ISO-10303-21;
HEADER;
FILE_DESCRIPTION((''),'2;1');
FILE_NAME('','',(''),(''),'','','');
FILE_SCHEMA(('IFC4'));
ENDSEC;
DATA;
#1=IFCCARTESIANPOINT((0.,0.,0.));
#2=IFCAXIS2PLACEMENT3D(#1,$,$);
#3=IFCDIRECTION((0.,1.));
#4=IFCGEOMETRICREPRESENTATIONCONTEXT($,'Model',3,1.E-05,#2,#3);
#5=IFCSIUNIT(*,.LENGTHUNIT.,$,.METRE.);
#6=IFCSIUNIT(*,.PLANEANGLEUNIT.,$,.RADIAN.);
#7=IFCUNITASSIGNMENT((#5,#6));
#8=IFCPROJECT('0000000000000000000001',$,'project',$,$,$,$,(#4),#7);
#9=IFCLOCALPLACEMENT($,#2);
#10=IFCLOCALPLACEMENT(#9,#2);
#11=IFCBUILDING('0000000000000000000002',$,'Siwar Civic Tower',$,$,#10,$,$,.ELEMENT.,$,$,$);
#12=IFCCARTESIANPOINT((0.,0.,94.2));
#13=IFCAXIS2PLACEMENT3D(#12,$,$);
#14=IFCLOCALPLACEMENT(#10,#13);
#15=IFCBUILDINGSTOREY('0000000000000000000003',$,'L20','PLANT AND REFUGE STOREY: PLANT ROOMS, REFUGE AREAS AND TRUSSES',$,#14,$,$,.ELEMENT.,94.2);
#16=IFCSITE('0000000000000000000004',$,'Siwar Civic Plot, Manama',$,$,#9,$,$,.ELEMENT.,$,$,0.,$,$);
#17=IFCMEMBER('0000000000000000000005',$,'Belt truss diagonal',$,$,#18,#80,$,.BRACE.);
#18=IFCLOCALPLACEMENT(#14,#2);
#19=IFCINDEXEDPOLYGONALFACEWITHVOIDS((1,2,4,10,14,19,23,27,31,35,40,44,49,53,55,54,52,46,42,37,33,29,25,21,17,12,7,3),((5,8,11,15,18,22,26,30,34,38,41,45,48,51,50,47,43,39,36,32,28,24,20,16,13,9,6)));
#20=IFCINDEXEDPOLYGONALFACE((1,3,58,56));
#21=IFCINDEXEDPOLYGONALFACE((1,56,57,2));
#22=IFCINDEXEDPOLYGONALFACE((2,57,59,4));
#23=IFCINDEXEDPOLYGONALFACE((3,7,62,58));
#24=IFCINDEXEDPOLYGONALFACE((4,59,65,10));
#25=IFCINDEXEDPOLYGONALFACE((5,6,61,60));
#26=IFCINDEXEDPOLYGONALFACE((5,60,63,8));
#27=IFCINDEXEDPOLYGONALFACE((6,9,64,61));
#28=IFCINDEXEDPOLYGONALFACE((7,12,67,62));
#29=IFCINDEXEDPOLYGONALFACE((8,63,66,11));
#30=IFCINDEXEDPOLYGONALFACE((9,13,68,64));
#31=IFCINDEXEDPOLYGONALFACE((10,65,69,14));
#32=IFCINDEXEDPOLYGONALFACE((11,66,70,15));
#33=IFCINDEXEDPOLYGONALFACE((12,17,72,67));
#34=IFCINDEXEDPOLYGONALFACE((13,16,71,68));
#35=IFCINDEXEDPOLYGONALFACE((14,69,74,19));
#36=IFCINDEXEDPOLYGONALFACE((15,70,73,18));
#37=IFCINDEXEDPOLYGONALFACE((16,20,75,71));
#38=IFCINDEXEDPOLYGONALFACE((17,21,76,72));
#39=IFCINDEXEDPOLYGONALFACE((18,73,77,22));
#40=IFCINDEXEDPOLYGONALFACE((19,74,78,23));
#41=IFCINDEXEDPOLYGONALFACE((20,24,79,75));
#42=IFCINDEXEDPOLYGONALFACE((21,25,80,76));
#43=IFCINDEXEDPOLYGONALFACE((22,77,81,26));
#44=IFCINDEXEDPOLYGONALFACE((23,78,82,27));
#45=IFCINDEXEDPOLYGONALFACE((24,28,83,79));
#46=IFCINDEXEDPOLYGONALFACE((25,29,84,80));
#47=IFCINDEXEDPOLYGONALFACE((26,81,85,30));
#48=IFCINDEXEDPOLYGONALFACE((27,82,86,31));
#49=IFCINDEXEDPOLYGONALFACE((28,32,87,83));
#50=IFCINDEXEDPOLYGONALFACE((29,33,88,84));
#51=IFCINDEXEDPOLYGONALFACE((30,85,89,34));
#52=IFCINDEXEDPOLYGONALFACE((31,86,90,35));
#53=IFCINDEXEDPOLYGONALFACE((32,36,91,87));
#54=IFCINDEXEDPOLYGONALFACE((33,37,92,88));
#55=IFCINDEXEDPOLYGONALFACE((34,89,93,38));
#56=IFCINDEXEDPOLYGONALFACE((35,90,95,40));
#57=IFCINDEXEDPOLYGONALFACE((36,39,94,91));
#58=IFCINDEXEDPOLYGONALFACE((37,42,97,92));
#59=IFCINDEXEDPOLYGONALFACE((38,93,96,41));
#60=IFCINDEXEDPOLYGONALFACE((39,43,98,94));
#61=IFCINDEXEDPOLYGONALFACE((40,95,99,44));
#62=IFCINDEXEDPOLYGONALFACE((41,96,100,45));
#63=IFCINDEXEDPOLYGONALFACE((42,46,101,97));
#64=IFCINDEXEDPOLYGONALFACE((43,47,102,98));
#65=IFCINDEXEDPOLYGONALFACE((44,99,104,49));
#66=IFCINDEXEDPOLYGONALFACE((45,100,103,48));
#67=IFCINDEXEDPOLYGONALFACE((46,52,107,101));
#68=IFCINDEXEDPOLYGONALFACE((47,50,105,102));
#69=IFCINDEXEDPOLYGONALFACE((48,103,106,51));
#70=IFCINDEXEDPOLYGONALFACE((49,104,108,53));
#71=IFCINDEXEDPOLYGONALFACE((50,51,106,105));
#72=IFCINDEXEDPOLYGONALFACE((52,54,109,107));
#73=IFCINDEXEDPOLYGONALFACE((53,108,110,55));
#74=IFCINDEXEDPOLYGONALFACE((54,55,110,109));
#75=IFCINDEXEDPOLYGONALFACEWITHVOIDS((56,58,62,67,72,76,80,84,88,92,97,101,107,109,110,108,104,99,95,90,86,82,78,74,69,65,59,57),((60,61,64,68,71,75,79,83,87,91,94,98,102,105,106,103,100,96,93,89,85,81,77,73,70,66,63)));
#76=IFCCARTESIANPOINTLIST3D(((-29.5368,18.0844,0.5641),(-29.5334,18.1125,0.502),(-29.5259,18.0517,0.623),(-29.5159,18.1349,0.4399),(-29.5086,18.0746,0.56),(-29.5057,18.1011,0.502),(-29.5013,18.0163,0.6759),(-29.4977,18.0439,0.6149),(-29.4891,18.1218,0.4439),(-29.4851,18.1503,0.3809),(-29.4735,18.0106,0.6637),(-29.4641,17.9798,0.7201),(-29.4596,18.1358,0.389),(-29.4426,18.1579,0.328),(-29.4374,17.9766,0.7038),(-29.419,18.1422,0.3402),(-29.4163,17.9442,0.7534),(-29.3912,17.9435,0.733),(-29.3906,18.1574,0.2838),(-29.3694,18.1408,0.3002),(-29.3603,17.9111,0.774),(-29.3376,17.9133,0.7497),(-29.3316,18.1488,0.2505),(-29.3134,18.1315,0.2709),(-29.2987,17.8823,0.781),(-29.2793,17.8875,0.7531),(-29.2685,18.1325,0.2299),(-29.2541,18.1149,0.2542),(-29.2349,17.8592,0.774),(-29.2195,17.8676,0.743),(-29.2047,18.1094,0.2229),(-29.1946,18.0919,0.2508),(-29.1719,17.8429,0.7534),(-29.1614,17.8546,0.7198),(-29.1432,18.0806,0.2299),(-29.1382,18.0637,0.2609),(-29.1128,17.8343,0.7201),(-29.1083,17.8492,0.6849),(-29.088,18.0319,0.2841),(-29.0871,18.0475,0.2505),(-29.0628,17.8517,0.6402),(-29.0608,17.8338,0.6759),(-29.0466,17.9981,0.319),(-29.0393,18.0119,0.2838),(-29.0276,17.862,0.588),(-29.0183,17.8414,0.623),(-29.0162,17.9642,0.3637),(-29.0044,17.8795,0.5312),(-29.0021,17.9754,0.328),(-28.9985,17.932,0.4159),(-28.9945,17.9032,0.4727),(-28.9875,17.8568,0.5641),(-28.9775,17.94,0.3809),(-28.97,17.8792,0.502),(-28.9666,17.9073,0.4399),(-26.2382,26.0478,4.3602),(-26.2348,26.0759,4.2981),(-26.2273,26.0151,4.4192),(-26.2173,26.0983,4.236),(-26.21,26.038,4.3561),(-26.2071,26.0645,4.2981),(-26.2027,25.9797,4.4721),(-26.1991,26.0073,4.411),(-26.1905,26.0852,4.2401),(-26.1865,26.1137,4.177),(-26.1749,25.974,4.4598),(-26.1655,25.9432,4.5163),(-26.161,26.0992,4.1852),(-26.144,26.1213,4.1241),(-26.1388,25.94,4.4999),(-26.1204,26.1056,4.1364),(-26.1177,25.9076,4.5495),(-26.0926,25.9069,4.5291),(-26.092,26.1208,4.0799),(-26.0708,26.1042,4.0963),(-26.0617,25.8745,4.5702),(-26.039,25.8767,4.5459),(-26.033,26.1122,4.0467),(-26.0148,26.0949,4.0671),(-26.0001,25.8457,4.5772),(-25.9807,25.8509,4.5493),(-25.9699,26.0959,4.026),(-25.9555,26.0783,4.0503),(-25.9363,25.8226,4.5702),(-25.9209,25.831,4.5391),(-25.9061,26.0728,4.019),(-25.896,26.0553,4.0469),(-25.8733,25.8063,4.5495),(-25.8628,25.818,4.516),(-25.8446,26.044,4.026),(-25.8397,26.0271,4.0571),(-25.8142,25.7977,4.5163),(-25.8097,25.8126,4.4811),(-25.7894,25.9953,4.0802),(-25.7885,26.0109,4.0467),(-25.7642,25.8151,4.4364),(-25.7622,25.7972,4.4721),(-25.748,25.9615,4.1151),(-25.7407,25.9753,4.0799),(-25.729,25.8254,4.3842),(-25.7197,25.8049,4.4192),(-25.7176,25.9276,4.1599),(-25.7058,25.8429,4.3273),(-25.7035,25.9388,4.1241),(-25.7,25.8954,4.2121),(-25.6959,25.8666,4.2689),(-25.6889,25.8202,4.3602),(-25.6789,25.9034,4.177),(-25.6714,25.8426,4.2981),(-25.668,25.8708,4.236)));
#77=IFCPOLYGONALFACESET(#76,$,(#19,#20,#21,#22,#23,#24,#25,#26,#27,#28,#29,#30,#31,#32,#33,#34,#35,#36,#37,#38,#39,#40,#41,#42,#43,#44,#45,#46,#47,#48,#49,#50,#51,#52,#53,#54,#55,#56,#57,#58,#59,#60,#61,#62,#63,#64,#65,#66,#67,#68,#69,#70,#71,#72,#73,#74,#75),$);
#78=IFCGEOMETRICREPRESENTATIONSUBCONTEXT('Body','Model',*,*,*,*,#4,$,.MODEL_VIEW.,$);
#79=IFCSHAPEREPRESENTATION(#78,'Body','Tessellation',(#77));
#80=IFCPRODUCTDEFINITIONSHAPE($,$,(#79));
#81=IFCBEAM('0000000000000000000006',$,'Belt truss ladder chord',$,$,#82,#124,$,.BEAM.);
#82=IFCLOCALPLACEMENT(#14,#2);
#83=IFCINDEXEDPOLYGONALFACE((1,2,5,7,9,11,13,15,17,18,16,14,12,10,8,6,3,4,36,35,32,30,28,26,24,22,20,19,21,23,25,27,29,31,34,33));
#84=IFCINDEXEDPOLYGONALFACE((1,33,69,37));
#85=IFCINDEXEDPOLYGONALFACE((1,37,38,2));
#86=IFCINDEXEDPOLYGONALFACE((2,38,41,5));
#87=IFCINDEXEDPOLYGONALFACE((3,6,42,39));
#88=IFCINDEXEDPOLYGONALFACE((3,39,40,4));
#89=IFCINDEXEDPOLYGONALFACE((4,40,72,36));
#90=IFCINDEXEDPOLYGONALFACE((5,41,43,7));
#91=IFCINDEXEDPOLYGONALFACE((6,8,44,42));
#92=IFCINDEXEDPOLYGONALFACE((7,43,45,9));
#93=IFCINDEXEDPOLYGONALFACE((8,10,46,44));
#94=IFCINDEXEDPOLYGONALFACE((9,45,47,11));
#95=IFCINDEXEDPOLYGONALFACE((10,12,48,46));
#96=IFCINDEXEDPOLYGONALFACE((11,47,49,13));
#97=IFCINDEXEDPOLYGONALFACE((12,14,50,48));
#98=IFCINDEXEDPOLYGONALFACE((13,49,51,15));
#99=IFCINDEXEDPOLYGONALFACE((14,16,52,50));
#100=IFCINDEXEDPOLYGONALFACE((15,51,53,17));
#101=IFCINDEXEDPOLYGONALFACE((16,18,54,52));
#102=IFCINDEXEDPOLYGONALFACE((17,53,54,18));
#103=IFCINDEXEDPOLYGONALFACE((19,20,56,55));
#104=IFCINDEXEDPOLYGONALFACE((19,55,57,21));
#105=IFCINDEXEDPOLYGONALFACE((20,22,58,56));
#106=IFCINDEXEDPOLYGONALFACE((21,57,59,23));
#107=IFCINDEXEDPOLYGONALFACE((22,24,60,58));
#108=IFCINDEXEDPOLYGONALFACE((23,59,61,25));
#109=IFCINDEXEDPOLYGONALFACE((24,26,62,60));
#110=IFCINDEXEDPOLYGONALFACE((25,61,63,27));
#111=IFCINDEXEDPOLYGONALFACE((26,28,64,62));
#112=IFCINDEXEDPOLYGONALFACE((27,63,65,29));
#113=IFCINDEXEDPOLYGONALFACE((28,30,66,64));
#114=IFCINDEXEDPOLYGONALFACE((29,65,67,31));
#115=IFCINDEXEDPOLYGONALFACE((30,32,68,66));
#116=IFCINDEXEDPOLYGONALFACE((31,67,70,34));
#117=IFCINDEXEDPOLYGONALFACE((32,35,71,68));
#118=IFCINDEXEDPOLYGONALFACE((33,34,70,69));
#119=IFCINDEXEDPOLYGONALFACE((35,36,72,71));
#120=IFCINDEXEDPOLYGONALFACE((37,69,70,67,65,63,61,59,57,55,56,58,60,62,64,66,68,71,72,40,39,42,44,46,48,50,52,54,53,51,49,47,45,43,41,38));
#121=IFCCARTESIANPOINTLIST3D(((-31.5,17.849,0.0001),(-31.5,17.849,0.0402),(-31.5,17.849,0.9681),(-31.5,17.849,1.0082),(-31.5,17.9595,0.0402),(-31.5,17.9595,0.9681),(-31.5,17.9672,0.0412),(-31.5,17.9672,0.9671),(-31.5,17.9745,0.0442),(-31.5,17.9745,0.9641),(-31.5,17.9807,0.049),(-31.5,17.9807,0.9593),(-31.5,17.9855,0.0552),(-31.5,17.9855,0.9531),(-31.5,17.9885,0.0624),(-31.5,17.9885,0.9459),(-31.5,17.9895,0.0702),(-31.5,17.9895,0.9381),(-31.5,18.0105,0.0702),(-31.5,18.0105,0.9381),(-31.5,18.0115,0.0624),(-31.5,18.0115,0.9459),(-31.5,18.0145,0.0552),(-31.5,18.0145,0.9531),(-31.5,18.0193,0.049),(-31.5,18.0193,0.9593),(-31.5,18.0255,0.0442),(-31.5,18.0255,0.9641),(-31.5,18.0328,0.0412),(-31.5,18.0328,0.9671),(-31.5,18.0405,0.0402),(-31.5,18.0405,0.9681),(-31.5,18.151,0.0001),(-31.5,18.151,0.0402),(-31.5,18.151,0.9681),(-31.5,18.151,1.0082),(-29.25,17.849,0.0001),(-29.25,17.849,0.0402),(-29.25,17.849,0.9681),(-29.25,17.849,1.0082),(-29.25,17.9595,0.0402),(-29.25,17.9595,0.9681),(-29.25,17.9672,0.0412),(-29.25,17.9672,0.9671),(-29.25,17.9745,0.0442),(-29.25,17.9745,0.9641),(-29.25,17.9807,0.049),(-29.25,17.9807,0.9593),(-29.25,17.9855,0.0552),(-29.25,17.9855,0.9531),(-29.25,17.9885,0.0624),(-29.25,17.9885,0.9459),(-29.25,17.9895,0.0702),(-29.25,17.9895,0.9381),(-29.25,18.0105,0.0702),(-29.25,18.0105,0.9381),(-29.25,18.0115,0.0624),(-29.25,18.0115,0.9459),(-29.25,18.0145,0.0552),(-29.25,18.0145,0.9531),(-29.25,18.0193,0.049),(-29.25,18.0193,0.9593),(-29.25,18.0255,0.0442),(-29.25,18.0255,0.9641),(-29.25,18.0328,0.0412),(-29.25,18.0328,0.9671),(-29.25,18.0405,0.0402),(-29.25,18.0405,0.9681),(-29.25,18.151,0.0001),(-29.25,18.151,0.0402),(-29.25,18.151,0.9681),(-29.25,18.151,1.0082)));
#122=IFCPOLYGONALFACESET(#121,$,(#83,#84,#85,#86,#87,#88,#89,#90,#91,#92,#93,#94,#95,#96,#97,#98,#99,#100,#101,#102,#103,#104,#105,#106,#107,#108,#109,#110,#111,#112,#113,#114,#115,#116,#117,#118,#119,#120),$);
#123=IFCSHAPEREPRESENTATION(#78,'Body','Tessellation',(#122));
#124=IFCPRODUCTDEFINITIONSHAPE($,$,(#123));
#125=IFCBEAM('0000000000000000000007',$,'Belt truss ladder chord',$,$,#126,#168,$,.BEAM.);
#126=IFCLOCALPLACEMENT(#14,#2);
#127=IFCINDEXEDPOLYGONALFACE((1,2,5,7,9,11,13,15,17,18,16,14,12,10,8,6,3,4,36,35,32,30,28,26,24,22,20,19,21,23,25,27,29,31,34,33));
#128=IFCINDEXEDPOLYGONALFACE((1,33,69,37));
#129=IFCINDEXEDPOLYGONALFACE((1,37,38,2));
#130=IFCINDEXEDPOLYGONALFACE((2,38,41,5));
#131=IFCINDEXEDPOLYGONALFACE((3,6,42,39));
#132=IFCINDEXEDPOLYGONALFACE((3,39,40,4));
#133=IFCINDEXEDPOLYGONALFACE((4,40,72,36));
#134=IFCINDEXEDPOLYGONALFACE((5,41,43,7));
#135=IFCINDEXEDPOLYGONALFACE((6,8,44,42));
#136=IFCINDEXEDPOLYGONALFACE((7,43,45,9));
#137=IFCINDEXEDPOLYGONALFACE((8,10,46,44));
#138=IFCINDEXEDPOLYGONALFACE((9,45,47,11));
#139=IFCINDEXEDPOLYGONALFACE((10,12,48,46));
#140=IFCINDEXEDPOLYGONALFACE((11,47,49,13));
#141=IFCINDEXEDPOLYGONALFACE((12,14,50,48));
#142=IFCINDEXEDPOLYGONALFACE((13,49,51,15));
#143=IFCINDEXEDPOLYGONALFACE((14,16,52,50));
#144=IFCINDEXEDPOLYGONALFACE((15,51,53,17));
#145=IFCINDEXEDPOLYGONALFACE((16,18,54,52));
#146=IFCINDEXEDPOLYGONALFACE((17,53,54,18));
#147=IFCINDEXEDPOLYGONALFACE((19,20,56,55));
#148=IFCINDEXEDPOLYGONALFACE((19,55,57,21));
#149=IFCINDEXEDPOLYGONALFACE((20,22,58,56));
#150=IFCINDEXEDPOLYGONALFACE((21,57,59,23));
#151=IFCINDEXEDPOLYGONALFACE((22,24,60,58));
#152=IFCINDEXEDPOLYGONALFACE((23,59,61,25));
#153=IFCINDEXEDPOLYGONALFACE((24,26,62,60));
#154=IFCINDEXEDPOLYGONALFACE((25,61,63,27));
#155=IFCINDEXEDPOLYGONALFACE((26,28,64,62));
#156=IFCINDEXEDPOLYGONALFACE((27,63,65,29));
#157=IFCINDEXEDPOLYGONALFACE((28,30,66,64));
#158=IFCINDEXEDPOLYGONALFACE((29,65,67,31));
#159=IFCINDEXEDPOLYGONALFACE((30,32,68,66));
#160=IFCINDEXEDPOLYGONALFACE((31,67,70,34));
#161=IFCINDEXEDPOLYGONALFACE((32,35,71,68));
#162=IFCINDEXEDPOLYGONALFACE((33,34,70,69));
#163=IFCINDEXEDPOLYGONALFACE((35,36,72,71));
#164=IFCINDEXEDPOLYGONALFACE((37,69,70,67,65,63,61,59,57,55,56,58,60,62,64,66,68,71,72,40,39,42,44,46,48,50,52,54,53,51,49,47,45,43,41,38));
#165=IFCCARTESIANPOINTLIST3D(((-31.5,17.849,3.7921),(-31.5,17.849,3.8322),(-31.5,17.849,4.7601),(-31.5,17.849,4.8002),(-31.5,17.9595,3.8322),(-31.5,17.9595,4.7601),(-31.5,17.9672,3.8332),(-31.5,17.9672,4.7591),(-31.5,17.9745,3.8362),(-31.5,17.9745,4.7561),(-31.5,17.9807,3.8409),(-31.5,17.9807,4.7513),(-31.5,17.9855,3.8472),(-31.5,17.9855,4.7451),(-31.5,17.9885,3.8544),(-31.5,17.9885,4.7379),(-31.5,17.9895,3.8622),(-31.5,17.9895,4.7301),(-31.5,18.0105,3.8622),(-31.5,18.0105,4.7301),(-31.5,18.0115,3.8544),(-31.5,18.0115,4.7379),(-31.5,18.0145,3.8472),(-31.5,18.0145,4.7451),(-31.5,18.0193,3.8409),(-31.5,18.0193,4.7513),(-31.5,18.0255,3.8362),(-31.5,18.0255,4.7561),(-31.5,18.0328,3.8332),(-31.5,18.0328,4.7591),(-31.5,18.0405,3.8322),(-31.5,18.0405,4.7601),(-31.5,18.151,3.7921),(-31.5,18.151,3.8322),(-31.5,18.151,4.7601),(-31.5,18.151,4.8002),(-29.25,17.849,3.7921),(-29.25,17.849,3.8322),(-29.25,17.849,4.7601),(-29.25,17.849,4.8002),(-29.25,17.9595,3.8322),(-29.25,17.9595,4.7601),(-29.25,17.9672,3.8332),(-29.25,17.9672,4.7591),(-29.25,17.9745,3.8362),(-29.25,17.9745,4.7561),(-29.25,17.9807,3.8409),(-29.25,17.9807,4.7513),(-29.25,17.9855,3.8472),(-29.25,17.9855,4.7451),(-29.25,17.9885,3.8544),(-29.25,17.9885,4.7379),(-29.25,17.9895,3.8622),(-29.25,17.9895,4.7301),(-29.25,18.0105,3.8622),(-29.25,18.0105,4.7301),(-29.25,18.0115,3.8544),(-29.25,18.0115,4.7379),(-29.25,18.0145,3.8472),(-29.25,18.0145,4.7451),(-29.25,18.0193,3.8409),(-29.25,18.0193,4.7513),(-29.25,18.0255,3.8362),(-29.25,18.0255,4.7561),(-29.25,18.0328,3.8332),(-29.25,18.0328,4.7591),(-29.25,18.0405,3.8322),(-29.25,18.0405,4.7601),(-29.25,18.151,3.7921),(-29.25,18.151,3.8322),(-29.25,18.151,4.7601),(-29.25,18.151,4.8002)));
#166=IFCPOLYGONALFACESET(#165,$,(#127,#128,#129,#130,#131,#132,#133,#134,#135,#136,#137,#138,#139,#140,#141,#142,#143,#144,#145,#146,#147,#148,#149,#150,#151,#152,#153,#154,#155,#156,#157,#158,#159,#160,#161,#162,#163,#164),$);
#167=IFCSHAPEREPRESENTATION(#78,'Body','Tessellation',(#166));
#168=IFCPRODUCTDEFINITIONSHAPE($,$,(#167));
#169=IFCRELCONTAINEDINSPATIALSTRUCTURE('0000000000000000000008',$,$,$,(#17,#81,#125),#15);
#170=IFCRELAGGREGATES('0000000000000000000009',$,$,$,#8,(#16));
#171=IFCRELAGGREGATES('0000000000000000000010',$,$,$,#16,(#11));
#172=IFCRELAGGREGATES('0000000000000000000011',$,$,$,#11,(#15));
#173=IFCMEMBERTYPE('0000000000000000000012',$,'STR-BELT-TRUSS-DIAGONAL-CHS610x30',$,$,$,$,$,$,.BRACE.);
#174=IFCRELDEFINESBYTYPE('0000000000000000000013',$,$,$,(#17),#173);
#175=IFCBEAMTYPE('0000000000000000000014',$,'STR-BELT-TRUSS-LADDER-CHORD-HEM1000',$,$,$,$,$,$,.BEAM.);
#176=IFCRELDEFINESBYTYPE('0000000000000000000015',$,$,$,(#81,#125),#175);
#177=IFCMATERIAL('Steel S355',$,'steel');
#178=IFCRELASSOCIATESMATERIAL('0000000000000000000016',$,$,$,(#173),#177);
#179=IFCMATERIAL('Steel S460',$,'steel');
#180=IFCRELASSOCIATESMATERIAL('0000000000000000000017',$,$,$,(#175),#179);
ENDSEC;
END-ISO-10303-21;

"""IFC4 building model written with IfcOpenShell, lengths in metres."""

from ifc_helpers import new_model, si_unit, direction, frame, origin, origin_2d, place, context, subcontext, project, spatial, hollow_circle, i_section, extrude, material, material_profile, profile_set, type_object, element, save


model = new_model("IFC4")

# Units and contexts
model_context = context("Model", 3, precision=1e-05, world=origin(), true_north=direction((0.0, 1.0)))
body_context = subcontext(model_context, "Body", "Model", "MODEL_VIEW")
ifc_project = project(units=[si_unit("LENGTHUNIT", "METRE"), si_unit("PLANEANGLEUNIT", "RADIAN")], contexts=[model_context])

# Site, building, storey
site_placement = place(None, origin())
site = spatial("IfcSite", under=ifc_project, at=site_placement, Name="Siwar Civic Plot, Manama", CompositionType="ELEMENT", RefElevation=0.0)
building_placement = place(site_placement, origin())
building = spatial("IfcBuilding", under=site, at=building_placement, Name="Siwar Civic Tower", CompositionType="ELEMENT")
storey_placement = place(building_placement, frame((0.0, 0.0, 94.2)))
storey = spatial("IfcBuildingStorey", under=building, at=storey_placement, Name="L20", Description="PLANT AND REFUGE STOREY: PLANT ROOMS, REFUGE AREAS AND TRUSSES", CompositionType="ELEMENT", Elevation=94.2)

# Member
ifc_material_1 = material(Name="Steel S355", Category="steel")
ifc_material_profile_1 = material_profile(ifc_material_1, hollow_circle(Radius=0.3049, WallThickness=0.03, at=origin_2d()), Name="CHS610x30")
ifc_profile_set_1 = profile_set([ifc_material_profile_1], Name="Steel S355")
member_type_1 = type_object("IfcMemberType", Name="STR-BELT-TRUSS-DIAGONAL-CHS610x30", PredefinedType="BRACE", material=ifc_profile_set_1)
member_1_placement = place(storey_placement, frame((-29.2517, 17.9958, 0.502), z_axis=(0.350227, 0.845511, 0.403055), x_axis=(-0.923878, 0.382688, 0.0)))
element("IfcMember", 1, at=member_1_placement, inside=storey, type_object=member_type_1, Name="Belt truss diagonal", PredefinedType="BRACE", context=body_context, shape_type="SweptSolid", body=[
    extrude(hollow_circle(Radius=0.3049, WallThickness=0.03, at=origin_2d()), origin(), (0.0, 0.0, 1.0), 9.4185),
])

# Beams
ifc_material_2 = material(Name="Steel S460", Category="steel")
ifc_material_profile_2 = material_profile(ifc_material_2, i_section(OverallWidth=0.302, OverallDepth=1.0081, WebThickness=0.021, FlangeThickness=0.04, FilletRadius=0.03, at=origin_2d()), Name="HEM1000")
ifc_profile_set_2 = profile_set([ifc_material_profile_2], Name="Steel S460")
beam_type_1 = type_object("IfcBeamType", Name="STR-BELT-TRUSS-LADDER-CHORD-HEM1000", PredefinedType="BEAM", material=ifc_profile_set_2)
for number, where, z_axis, x_axis, name in (
    (2, (-29.25, 18.0, 0.5042), (-1.0, 0.0, 0.0), (0.0, -1.0, 0.0), "Belt truss ladder chord"),
    (3, (-29.25, 18.0, 4.2961), (-1.0, 0.0, 0.0), (0.0, -1.0, 0.0), "Belt truss ladder chord"),
):
    element("IfcBeam", number, at=place(storey_placement, frame(where, z_axis=z_axis, x_axis=x_axis)), inside=storey, type_object=beam_type_1, Name=name, PredefinedType="BEAM", context=body_context, shape_type="SweptSolid", body=[
        extrude(i_section(OverallWidth=0.302, OverallDepth=1.0081, WebThickness=0.021, FlangeThickness=0.04, FilletRadius=0.03, at=origin_2d()), origin(), (0.0, 0.0, 1.0), 2.25),
    ])

save(model, "model.ifc")
